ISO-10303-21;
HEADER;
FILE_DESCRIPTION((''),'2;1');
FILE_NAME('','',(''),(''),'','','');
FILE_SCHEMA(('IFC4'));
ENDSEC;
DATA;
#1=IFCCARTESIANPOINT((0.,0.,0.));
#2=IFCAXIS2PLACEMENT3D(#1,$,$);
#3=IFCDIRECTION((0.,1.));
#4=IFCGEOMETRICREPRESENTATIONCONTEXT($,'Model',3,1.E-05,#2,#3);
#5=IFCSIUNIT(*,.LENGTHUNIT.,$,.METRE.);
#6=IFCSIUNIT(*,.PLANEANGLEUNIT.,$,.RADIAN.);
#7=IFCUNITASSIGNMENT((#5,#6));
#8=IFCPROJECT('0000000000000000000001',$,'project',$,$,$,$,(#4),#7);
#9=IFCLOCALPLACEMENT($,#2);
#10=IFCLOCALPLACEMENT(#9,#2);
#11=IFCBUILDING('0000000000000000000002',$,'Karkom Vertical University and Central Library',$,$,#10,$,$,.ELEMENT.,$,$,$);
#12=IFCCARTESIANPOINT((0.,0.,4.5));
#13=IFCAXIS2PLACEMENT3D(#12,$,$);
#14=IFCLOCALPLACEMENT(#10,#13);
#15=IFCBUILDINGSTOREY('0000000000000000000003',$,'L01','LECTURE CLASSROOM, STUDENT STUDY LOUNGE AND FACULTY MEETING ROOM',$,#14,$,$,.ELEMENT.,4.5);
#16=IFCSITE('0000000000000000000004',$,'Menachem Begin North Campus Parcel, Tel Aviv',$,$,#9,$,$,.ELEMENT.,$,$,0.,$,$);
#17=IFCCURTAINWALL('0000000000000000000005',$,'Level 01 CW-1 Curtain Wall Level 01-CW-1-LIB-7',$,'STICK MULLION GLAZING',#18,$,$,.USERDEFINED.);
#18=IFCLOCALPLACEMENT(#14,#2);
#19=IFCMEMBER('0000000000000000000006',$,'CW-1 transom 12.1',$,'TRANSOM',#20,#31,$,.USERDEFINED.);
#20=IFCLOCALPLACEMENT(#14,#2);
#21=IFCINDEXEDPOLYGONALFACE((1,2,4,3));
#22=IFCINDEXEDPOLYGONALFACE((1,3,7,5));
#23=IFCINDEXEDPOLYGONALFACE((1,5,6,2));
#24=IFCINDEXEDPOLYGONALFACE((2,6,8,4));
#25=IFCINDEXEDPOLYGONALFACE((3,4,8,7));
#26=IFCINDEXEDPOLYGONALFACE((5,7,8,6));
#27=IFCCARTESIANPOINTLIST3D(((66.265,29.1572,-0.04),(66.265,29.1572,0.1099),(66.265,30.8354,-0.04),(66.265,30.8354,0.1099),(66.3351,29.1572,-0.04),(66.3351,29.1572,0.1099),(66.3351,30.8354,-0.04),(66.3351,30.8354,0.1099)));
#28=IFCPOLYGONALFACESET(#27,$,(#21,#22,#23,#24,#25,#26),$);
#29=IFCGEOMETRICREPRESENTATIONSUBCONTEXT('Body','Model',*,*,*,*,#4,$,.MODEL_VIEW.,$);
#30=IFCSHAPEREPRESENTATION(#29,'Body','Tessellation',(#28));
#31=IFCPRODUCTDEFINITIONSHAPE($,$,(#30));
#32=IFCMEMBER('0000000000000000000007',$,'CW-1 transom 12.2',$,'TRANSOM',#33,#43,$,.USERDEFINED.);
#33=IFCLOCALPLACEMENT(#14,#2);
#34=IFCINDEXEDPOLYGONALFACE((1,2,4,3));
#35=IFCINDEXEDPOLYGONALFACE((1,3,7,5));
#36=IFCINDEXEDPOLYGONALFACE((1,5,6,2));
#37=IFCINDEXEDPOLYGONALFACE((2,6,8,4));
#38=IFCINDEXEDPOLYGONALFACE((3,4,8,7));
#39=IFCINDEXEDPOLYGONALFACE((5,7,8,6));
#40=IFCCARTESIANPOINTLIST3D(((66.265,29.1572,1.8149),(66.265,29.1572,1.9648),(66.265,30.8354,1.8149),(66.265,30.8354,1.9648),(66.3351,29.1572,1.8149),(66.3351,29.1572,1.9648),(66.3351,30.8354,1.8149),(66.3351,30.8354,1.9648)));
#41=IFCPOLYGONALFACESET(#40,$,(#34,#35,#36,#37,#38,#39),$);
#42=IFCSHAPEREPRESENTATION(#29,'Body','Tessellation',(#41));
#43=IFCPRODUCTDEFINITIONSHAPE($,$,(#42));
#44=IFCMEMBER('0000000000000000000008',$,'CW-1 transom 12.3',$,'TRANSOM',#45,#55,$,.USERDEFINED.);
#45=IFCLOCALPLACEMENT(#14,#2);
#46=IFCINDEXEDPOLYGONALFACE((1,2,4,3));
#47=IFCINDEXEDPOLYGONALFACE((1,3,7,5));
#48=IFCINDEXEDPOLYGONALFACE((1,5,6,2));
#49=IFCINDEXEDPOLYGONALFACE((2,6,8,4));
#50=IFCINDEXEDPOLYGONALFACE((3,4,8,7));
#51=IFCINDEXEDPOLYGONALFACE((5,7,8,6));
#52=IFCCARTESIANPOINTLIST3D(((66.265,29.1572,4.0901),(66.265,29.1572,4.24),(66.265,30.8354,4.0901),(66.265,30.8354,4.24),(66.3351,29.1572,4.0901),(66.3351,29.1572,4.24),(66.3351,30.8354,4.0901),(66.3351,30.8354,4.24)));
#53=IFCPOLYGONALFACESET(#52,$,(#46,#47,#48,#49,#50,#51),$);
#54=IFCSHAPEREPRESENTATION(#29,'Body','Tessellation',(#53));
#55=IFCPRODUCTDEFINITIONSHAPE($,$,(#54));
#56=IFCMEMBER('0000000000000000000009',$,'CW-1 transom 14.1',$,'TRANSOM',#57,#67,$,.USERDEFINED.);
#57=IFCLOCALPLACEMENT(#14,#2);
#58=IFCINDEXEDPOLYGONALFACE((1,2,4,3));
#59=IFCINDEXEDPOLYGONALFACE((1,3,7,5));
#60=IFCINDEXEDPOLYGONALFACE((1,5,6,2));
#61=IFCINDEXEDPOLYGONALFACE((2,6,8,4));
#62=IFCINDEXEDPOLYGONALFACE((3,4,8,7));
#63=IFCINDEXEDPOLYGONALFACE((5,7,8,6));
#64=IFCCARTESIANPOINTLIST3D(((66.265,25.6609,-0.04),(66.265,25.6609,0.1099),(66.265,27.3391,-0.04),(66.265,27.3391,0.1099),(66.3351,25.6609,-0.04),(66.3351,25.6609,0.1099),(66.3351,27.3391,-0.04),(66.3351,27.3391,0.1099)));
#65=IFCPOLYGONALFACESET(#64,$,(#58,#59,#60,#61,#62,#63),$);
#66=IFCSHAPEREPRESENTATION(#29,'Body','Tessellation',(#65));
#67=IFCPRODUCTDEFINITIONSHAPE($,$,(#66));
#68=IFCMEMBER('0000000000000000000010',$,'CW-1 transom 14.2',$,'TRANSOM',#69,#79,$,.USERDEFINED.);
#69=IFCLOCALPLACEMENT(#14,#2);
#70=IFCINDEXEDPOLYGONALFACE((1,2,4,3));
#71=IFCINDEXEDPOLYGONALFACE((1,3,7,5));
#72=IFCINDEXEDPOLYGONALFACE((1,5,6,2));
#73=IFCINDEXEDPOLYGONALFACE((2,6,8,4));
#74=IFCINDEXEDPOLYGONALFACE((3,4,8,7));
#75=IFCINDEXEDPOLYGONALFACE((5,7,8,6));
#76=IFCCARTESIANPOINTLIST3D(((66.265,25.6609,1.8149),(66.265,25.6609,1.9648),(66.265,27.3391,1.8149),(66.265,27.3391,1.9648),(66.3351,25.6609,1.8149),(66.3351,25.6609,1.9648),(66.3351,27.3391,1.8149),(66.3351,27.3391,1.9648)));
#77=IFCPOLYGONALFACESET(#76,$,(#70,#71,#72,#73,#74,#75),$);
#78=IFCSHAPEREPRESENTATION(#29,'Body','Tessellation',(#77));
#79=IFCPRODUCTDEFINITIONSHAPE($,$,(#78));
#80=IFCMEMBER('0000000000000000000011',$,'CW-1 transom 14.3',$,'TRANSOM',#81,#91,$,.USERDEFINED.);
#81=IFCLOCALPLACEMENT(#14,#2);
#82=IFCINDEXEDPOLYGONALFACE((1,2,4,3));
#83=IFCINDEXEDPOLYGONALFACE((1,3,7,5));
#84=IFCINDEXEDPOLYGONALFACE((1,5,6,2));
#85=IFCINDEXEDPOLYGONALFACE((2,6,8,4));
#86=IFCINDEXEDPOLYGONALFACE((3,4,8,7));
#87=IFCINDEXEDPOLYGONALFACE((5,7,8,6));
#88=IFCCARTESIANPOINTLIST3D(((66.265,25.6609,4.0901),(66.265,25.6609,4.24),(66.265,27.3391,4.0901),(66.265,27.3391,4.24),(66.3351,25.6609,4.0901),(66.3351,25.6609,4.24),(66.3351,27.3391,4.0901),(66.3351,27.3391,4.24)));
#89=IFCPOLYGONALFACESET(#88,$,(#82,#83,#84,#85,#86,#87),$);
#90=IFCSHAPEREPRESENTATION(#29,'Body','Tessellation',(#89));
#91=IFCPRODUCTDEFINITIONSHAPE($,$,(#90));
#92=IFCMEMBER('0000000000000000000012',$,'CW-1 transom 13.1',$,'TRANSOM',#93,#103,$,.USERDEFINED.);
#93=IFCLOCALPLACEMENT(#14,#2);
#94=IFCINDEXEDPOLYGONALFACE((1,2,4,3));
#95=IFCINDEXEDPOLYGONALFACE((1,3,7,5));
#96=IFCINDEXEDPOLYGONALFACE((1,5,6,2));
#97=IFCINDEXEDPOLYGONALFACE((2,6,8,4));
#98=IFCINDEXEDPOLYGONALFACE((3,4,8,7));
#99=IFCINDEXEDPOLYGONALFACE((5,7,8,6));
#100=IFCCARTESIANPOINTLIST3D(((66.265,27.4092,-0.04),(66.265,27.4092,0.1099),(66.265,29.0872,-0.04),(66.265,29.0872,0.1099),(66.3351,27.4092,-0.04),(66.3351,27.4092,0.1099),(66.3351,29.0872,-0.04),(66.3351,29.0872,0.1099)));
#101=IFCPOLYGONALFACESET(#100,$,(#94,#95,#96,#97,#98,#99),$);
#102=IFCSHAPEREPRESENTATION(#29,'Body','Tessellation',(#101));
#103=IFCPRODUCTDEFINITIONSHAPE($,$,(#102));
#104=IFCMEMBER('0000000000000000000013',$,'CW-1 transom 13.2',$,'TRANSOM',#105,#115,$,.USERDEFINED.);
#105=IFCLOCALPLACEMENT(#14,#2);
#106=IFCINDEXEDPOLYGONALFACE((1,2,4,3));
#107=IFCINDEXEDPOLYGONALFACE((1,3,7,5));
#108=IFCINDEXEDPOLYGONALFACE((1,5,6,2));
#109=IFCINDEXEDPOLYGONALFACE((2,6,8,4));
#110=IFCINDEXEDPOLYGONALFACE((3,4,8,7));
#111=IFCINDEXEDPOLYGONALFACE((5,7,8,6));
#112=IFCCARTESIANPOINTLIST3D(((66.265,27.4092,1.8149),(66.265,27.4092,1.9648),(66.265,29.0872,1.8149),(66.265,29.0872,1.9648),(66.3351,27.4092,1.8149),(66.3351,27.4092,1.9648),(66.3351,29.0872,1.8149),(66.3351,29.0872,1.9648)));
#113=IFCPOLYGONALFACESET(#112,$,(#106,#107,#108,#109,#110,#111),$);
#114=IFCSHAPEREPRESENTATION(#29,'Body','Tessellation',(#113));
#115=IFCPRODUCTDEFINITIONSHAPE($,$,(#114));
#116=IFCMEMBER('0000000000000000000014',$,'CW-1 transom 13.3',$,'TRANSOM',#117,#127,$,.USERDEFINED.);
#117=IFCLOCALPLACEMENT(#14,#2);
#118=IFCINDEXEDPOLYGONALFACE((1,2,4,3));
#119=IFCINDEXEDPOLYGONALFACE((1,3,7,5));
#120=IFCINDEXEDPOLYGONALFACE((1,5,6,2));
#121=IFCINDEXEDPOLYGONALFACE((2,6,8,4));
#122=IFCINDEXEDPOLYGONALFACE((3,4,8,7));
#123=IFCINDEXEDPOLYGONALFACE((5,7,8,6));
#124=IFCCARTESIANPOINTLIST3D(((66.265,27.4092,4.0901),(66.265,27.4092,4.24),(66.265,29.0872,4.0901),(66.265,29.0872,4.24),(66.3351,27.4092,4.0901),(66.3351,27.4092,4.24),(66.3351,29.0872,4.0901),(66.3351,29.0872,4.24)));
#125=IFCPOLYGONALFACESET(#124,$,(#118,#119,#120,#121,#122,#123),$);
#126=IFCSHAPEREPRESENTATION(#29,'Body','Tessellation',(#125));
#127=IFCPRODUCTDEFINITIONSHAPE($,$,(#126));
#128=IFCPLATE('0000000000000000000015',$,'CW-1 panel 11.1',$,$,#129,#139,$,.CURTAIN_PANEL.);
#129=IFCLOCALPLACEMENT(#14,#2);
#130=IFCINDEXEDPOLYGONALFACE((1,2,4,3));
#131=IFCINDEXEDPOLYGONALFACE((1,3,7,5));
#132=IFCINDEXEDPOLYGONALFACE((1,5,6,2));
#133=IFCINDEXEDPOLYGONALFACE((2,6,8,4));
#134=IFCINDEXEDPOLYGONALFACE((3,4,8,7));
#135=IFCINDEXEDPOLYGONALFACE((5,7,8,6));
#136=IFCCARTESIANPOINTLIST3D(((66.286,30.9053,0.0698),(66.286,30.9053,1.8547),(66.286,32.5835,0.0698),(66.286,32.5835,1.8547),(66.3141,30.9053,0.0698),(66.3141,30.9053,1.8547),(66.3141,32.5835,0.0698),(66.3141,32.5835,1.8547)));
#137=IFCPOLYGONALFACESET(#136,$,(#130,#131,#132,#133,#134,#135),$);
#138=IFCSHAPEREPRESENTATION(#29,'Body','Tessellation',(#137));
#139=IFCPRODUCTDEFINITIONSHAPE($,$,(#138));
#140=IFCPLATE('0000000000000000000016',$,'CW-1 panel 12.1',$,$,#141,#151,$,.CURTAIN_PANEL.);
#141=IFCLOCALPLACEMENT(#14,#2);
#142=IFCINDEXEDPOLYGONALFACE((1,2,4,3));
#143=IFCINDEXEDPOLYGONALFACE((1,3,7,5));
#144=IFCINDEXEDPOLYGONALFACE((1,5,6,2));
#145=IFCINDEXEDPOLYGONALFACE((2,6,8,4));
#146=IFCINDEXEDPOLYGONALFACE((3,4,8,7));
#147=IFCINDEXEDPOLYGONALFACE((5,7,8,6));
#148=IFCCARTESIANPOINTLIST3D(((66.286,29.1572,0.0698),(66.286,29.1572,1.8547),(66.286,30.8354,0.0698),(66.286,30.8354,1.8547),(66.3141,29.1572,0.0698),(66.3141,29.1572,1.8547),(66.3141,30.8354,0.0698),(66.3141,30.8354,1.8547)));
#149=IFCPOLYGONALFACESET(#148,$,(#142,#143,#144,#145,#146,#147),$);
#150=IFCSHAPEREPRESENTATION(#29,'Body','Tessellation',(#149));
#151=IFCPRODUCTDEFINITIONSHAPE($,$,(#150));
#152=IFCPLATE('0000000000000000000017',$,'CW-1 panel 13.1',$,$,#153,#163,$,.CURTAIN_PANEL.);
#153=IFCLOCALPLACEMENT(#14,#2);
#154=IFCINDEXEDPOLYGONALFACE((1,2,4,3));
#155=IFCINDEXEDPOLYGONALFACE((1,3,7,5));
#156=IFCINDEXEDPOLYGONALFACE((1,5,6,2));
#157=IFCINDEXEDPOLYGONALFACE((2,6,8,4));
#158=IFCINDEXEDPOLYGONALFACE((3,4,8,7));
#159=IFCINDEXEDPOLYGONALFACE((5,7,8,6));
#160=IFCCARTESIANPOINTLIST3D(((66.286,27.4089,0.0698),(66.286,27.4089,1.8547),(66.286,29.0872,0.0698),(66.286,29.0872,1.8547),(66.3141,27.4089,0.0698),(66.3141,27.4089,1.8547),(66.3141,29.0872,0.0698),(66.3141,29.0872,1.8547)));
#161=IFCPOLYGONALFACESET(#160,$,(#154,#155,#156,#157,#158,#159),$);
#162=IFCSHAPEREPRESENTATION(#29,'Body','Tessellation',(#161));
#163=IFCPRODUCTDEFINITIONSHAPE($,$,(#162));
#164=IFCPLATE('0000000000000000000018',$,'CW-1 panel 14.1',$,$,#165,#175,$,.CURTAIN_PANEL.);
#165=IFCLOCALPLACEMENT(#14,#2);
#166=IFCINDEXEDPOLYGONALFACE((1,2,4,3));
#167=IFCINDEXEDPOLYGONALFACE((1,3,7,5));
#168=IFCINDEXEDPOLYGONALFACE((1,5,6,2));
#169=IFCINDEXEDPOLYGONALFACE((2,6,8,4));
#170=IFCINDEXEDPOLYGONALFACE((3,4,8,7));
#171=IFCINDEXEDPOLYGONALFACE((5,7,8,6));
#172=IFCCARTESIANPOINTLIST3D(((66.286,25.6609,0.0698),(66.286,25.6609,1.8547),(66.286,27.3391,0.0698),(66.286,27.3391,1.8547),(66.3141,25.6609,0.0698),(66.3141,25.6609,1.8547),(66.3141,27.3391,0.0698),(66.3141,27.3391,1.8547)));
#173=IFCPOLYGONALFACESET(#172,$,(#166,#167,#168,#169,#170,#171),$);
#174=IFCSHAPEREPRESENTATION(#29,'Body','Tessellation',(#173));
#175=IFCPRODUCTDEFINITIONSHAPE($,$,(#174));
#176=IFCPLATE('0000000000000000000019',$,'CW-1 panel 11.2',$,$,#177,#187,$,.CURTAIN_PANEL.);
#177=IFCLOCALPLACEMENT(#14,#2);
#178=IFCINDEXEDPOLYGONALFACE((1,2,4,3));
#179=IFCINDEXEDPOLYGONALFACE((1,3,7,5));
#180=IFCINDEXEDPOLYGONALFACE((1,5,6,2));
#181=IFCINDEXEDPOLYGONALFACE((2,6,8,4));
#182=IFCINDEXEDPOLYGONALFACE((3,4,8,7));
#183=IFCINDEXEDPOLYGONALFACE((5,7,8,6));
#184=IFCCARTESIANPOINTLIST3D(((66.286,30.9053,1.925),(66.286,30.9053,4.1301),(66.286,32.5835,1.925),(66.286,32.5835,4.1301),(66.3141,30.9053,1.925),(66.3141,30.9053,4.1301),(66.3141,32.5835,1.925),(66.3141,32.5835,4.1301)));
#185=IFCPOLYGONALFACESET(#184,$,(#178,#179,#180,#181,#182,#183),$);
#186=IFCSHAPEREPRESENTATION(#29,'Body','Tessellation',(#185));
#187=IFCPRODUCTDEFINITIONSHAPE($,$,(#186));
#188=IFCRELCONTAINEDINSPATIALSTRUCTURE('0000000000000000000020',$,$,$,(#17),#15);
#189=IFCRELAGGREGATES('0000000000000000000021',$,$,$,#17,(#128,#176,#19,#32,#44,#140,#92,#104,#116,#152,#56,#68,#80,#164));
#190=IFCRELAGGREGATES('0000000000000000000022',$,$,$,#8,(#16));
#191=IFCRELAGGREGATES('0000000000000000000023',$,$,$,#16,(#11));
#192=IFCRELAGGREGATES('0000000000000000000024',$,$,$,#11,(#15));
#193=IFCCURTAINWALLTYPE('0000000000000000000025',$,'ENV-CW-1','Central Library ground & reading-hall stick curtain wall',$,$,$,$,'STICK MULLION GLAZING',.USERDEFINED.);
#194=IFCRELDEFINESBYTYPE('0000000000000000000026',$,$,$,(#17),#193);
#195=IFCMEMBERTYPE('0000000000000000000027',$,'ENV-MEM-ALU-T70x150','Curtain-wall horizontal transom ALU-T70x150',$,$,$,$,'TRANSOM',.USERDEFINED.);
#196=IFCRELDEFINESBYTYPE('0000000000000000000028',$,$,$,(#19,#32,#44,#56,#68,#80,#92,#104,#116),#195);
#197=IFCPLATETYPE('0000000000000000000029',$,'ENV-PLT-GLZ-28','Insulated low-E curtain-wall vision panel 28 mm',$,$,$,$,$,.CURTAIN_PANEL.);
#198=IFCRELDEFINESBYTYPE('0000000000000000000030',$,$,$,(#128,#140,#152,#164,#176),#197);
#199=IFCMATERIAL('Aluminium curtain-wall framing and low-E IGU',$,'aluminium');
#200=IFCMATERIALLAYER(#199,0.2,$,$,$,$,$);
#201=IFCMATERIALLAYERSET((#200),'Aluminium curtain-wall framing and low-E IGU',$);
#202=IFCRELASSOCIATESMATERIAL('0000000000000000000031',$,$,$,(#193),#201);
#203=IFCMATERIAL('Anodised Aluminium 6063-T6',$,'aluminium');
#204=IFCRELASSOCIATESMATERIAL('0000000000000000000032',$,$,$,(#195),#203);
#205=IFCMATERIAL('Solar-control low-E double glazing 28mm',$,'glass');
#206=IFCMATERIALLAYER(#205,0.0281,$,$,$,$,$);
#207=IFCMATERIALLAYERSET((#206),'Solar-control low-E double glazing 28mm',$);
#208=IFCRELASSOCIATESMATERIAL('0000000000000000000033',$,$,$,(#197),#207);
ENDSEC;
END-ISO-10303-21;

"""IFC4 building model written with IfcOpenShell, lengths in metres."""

from ifc_helpers import new_model, si_unit, direction, frame, origin, origin_with_axes, origin_2d, place, context, subcontext, project, spatial, rectangle, extrude, source, transform, mapped, material, layer, layer_set, material_profile, profile_set, type_object, element, aggregate, save


model = new_model("IFC4")

# Units and contexts
model_context = context("Model", 3, precision=1e-05, world=origin(), true_north=direction((0.0, 1.0)))
body_context = subcontext(model_context, "Body", "Model", "MODEL_VIEW")
ifc_project = project(units=[si_unit("LENGTHUNIT", "METRE"), si_unit("PLANEANGLEUNIT", "RADIAN")], contexts=[model_context])

# Site, building, storey
site_placement = place(None, origin())
site = spatial("IfcSite", under=ifc_project, at=site_placement, Name="Menachem Begin North Campus Parcel, Tel Aviv", CompositionType="ELEMENT", RefElevation=0.0)
building_placement = place(site_placement, origin())
building = spatial("IfcBuilding", under=site, at=building_placement, Name="Karkom Vertical University and Central Library", CompositionType="ELEMENT")
storey_placement = place(building_placement, frame((0.0, 0.0, 4.5)))
storey = spatial("IfcBuildingStorey", under=building, at=storey_placement, Name="L01", Description="LECTURE CLASSROOM, STUDENT STUDY LOUNGE AND FACULTY MEETING ROOM", CompositionType="ELEMENT", Elevation=4.5)

# Curtain wall, members, plates
ifc_material_1 = material(Name="Aluminium curtain-wall framing and low-E IGU", Category="aluminium")
ifc_layer_1 = layer(ifc_material_1, 0.2)
ifc_layer_set_1 = layer_set([ifc_layer_1], Name="Aluminium curtain-wall framing and low-E IGU")
curtain_wall_type = type_object("IfcCurtainWallType", Name="ENV-CW-1", Description="Central Library ground & reading-hall stick curtain wall", ElementType="STICK MULLION GLAZING", PredefinedType="USERDEFINED", material=ifc_layer_set_1)
curtain_wall_placement = place(storey_placement, origin())
curtain_wall = element("IfcCurtainWall", 1, at=curtain_wall_placement, inside=storey, type_object=curtain_wall_type, Name="Level 01 CW-1 Curtain Wall Level 01-CW-1-LIB-7", ObjectType="STICK MULLION GLAZING", PredefinedType="USERDEFINED")
ifc_material_2 = material(Name="Anodised Aluminium 6063-T6", Category="aluminium")
ifc_material_profile_1 = material_profile(ifc_material_2, rectangle(XDim=0.0701, YDim=0.1499, at=origin_2d()), Name="ALU-T70x150")
ifc_profile_set_1 = profile_set([ifc_material_profile_1], Name="Anodised Aluminium 6063-T6")
member_type = type_object("IfcMemberType", Name="ENV-MEM-ALU-T70x150", Description="Curtain-wall horizontal transom ALU-T70x150", ElementType="TRANSOM", PredefinedType="USERDEFINED", material=ifc_profile_set_1)
shared_shape_1 = source(origin_with_axes(), body_context, "Body", "SweptSolid", [
    extrude(rectangle(XDim=0.0701, YDim=0.1499, at=origin_2d()), origin(), (0.0, 0.0, 1.0), 1.6782),
])
member_1_placement = place(storey_placement, frame((66.3, 30.8354, 0.0349), z_axis=(0.0, -1.0, 0.0), x_axis=(1.0, 0.0, 0.0)))
member_1 = element("IfcMember", 2, at=member_1_placement, type_object=member_type, Name="CW-1 transom 12.1", ObjectType="TRANSOM", PredefinedType="USERDEFINED", context=body_context, shape_type="MappedRepresentation", body=[
    mapped(shared_shape_1, transform((0.0, 0.0, 0.0), scale=1.0)),
])
member_2_placement = place(storey_placement, frame((66.3, 30.8354, 1.8899), z_axis=(0.0, -1.0, 0.0), x_axis=(1.0, 0.0, 0.0)))
member_2 = element("IfcMember", 3, at=member_2_placement, type_object=member_type, Name="CW-1 transom 12.2", ObjectType="TRANSOM", PredefinedType="USERDEFINED", context=body_context, shape_type="MappedRepresentation", body=[
    mapped(shared_shape_1, transform((0.0, 0.0, 0.0), scale=1.0)),
])
member_3_placement = place(storey_placement, frame((66.3, 30.8354, 4.165), z_axis=(0.0, -1.0, 0.0), x_axis=(1.0, 0.0, 0.0)))
member_3 = element("IfcMember", 4, at=member_3_placement, type_object=member_type, Name="CW-1 transom 12.3", ObjectType="TRANSOM", PredefinedType="USERDEFINED", context=body_context, shape_type="MappedRepresentation", body=[
    mapped(shared_shape_1, transform((0.0, 0.0, 0.0), scale=1.0)),
])
member_4_placement = place(storey_placement, frame((66.3, 27.3391, 0.0349), z_axis=(0.0, -1.0, 0.0), x_axis=(1.0, 0.0, 0.0)))
member_4 = element("IfcMember", 5, at=member_4_placement, type_object=member_type, Name="CW-1 transom 14.1", ObjectType="TRANSOM", PredefinedType="USERDEFINED", context=body_context, shape_type="MappedRepresentation", body=[
    mapped(shared_shape_1, transform((0.0, 0.0, 0.0), scale=1.0)),
])
member_5_placement = place(storey_placement, frame((66.3, 27.3391, 1.8899), z_axis=(0.0, -1.0, 0.0), x_axis=(1.0, 0.0, 0.0)))
member_5 = element("IfcMember", 6, at=member_5_placement, type_object=member_type, Name="CW-1 transom 14.2", ObjectType="TRANSOM", PredefinedType="USERDEFINED", context=body_context, shape_type="MappedRepresentation", body=[
    mapped(shared_shape_1, transform((0.0, 0.0, 0.0), scale=1.0)),
])
member_6_placement = place(storey_placement, frame((66.3, 27.3391, 4.165), z_axis=(0.0, -1.0, 0.0), x_axis=(1.0, 0.0, 0.0)))
member_6 = element("IfcMember", 7, at=member_6_placement, type_object=member_type, Name="CW-1 transom 14.3", ObjectType="TRANSOM", PredefinedType="USERDEFINED", context=body_context, shape_type="MappedRepresentation", body=[
    mapped(shared_shape_1, transform((0.0, 0.0, 0.0), scale=1.0)),
])
shared_shape_2 = source(origin_with_axes(), body_context, "Body", "SweptSolid", [
    extrude(rectangle(XDim=0.0701, YDim=0.1499, at=origin_2d()), origin(), (0.0, 0.0, 1.0), 1.678),
])
member_7_placement = place(storey_placement, frame((66.3, 29.0872, 0.0349), z_axis=(0.0, -1.0, 0.0), x_axis=(1.0, 0.0, 0.0)))
member_7 = element("IfcMember", 8, at=member_7_placement, type_object=member_type, Name="CW-1 transom 13.1", ObjectType="TRANSOM", PredefinedType="USERDEFINED", context=body_context, shape_type="MappedRepresentation", body=[
    mapped(shared_shape_2, transform((0.0, 0.0, 0.0), scale=1.0)),
])
member_8_placement = place(storey_placement, frame((66.3, 29.0872, 1.8899), z_axis=(0.0, -1.0, 0.0), x_axis=(1.0, 0.0, 0.0)))
member_8 = element("IfcMember", 9, at=member_8_placement, type_object=member_type, Name="CW-1 transom 13.2", ObjectType="TRANSOM", PredefinedType="USERDEFINED", context=body_context, shape_type="MappedRepresentation", body=[
    mapped(shared_shape_2, transform((0.0, 0.0, 0.0), scale=1.0)),
])
member_9_placement = place(storey_placement, frame((66.3, 29.0872, 4.165), z_axis=(0.0, -1.0, 0.0), x_axis=(1.0, 0.0, 0.0)))
member_9 = element("IfcMember", 10, at=member_9_placement, type_object=member_type, Name="CW-1 transom 13.3", ObjectType="TRANSOM", PredefinedType="USERDEFINED", context=body_context, shape_type="MappedRepresentation", body=[
    mapped(shared_shape_2, transform((0.0, 0.0, 0.0), scale=1.0)),
])
ifc_material_3 = material(Name="Solar-control low-E double glazing 28mm", Category="glass")
ifc_layer_2 = layer(ifc_material_3, 0.0281)
ifc_layer_set_2 = layer_set([ifc_layer_2], Name="Solar-control low-E double glazing 28mm")
plate_type = type_object("IfcPlateType", Name="ENV-PLT-GLZ-28", Description="Insulated low-E curtain-wall vision panel 28 mm", PredefinedType="CURTAIN_PANEL", material=ifc_layer_set_2)
shared_shape_3 = source(origin_with_axes(), body_context, "Body", "SweptSolid", [
    extrude(rectangle(XDim=1.6782, YDim=0.0281, at=origin_2d()), origin(), (0.0, 0.0, 1.0), 1.7849),
])
plate_1_placement = place(storey_placement, frame((66.3, 31.7444, 0.0698), z_axis=(0.0, 0.0, 1.0), x_axis=(0.0, -1.0, 0.0)))
plate_1 = element("IfcPlate", 11, at=plate_1_placement, type_object=plate_type, Name="CW-1 panel 11.1", PredefinedType="CURTAIN_PANEL", context=body_context, shape_type="MappedRepresentation", body=[
    mapped(shared_shape_3, transform((0.0, 0.0, 0.0), scale=1.0)),
])
plate_2_placement = place(storey_placement, frame((66.3, 29.9963, 0.0698), z_axis=(0.0, 0.0, 1.0), x_axis=(0.0, -1.0, 0.0)))
plate_2 = element("IfcPlate", 12, at=plate_2_placement, type_object=plate_type, Name="CW-1 panel 12.1", PredefinedType="CURTAIN_PANEL", context=body_context, shape_type="MappedRepresentation", body=[
    mapped(shared_shape_3, transform((0.0, 0.0, 0.0), scale=1.0)),
])
plate_3_placement = place(storey_placement, frame((66.3, 28.248, 0.0698), z_axis=(0.0, 0.0, 1.0), x_axis=(0.0, -1.0, 0.0)))
plate_3 = element("IfcPlate", 13, at=plate_3_placement, type_object=plate_type, Name="CW-1 panel 13.1", PredefinedType="CURTAIN_PANEL", context=body_context, shape_type="MappedRepresentation", body=[
    mapped(shared_shape_3, transform((0.0, 0.0, 0.0), scale=1.0)),
])
plate_4_placement = place(storey_placement, frame((66.3, 26.5, 0.0698), z_axis=(0.0, 0.0, 1.0), x_axis=(0.0, -1.0, 0.0)))
plate_4 = element("IfcPlate", 14, at=plate_4_placement, type_object=plate_type, Name="CW-1 panel 14.1", PredefinedType="CURTAIN_PANEL", context=body_context, shape_type="MappedRepresentation", body=[
    mapped(shared_shape_3, transform((0.0, 0.0, 0.0), scale=1.0)),
])
shared_shape_4 = source(origin_with_axes(), body_context, "Body", "SweptSolid", [
    extrude(rectangle(XDim=1.6782, YDim=0.0281, at=origin_2d()), origin(), (0.0, 0.0, 1.0), 2.2051),
])
plate_5_placement = place(storey_placement, frame((66.3, 31.7444, 1.925), z_axis=(0.0, 0.0, 1.0), x_axis=(0.0, -1.0, 0.0)))
plate_5 = element("IfcPlate", 15, at=plate_5_placement, type_object=plate_type, Name="CW-1 panel 11.2", PredefinedType="CURTAIN_PANEL", context=body_context, shape_type="MappedRepresentation", body=[
    mapped(shared_shape_4, transform((0.0, 0.0, 0.0), scale=1.0)),
])
aggregate(curtain_wall, [plate_1, plate_5, member_1, member_2, member_3, plate_2, member_7, member_8, member_9, plate_3, member_4, member_5, member_6, plate_4])

save(model, "model.ifc")
